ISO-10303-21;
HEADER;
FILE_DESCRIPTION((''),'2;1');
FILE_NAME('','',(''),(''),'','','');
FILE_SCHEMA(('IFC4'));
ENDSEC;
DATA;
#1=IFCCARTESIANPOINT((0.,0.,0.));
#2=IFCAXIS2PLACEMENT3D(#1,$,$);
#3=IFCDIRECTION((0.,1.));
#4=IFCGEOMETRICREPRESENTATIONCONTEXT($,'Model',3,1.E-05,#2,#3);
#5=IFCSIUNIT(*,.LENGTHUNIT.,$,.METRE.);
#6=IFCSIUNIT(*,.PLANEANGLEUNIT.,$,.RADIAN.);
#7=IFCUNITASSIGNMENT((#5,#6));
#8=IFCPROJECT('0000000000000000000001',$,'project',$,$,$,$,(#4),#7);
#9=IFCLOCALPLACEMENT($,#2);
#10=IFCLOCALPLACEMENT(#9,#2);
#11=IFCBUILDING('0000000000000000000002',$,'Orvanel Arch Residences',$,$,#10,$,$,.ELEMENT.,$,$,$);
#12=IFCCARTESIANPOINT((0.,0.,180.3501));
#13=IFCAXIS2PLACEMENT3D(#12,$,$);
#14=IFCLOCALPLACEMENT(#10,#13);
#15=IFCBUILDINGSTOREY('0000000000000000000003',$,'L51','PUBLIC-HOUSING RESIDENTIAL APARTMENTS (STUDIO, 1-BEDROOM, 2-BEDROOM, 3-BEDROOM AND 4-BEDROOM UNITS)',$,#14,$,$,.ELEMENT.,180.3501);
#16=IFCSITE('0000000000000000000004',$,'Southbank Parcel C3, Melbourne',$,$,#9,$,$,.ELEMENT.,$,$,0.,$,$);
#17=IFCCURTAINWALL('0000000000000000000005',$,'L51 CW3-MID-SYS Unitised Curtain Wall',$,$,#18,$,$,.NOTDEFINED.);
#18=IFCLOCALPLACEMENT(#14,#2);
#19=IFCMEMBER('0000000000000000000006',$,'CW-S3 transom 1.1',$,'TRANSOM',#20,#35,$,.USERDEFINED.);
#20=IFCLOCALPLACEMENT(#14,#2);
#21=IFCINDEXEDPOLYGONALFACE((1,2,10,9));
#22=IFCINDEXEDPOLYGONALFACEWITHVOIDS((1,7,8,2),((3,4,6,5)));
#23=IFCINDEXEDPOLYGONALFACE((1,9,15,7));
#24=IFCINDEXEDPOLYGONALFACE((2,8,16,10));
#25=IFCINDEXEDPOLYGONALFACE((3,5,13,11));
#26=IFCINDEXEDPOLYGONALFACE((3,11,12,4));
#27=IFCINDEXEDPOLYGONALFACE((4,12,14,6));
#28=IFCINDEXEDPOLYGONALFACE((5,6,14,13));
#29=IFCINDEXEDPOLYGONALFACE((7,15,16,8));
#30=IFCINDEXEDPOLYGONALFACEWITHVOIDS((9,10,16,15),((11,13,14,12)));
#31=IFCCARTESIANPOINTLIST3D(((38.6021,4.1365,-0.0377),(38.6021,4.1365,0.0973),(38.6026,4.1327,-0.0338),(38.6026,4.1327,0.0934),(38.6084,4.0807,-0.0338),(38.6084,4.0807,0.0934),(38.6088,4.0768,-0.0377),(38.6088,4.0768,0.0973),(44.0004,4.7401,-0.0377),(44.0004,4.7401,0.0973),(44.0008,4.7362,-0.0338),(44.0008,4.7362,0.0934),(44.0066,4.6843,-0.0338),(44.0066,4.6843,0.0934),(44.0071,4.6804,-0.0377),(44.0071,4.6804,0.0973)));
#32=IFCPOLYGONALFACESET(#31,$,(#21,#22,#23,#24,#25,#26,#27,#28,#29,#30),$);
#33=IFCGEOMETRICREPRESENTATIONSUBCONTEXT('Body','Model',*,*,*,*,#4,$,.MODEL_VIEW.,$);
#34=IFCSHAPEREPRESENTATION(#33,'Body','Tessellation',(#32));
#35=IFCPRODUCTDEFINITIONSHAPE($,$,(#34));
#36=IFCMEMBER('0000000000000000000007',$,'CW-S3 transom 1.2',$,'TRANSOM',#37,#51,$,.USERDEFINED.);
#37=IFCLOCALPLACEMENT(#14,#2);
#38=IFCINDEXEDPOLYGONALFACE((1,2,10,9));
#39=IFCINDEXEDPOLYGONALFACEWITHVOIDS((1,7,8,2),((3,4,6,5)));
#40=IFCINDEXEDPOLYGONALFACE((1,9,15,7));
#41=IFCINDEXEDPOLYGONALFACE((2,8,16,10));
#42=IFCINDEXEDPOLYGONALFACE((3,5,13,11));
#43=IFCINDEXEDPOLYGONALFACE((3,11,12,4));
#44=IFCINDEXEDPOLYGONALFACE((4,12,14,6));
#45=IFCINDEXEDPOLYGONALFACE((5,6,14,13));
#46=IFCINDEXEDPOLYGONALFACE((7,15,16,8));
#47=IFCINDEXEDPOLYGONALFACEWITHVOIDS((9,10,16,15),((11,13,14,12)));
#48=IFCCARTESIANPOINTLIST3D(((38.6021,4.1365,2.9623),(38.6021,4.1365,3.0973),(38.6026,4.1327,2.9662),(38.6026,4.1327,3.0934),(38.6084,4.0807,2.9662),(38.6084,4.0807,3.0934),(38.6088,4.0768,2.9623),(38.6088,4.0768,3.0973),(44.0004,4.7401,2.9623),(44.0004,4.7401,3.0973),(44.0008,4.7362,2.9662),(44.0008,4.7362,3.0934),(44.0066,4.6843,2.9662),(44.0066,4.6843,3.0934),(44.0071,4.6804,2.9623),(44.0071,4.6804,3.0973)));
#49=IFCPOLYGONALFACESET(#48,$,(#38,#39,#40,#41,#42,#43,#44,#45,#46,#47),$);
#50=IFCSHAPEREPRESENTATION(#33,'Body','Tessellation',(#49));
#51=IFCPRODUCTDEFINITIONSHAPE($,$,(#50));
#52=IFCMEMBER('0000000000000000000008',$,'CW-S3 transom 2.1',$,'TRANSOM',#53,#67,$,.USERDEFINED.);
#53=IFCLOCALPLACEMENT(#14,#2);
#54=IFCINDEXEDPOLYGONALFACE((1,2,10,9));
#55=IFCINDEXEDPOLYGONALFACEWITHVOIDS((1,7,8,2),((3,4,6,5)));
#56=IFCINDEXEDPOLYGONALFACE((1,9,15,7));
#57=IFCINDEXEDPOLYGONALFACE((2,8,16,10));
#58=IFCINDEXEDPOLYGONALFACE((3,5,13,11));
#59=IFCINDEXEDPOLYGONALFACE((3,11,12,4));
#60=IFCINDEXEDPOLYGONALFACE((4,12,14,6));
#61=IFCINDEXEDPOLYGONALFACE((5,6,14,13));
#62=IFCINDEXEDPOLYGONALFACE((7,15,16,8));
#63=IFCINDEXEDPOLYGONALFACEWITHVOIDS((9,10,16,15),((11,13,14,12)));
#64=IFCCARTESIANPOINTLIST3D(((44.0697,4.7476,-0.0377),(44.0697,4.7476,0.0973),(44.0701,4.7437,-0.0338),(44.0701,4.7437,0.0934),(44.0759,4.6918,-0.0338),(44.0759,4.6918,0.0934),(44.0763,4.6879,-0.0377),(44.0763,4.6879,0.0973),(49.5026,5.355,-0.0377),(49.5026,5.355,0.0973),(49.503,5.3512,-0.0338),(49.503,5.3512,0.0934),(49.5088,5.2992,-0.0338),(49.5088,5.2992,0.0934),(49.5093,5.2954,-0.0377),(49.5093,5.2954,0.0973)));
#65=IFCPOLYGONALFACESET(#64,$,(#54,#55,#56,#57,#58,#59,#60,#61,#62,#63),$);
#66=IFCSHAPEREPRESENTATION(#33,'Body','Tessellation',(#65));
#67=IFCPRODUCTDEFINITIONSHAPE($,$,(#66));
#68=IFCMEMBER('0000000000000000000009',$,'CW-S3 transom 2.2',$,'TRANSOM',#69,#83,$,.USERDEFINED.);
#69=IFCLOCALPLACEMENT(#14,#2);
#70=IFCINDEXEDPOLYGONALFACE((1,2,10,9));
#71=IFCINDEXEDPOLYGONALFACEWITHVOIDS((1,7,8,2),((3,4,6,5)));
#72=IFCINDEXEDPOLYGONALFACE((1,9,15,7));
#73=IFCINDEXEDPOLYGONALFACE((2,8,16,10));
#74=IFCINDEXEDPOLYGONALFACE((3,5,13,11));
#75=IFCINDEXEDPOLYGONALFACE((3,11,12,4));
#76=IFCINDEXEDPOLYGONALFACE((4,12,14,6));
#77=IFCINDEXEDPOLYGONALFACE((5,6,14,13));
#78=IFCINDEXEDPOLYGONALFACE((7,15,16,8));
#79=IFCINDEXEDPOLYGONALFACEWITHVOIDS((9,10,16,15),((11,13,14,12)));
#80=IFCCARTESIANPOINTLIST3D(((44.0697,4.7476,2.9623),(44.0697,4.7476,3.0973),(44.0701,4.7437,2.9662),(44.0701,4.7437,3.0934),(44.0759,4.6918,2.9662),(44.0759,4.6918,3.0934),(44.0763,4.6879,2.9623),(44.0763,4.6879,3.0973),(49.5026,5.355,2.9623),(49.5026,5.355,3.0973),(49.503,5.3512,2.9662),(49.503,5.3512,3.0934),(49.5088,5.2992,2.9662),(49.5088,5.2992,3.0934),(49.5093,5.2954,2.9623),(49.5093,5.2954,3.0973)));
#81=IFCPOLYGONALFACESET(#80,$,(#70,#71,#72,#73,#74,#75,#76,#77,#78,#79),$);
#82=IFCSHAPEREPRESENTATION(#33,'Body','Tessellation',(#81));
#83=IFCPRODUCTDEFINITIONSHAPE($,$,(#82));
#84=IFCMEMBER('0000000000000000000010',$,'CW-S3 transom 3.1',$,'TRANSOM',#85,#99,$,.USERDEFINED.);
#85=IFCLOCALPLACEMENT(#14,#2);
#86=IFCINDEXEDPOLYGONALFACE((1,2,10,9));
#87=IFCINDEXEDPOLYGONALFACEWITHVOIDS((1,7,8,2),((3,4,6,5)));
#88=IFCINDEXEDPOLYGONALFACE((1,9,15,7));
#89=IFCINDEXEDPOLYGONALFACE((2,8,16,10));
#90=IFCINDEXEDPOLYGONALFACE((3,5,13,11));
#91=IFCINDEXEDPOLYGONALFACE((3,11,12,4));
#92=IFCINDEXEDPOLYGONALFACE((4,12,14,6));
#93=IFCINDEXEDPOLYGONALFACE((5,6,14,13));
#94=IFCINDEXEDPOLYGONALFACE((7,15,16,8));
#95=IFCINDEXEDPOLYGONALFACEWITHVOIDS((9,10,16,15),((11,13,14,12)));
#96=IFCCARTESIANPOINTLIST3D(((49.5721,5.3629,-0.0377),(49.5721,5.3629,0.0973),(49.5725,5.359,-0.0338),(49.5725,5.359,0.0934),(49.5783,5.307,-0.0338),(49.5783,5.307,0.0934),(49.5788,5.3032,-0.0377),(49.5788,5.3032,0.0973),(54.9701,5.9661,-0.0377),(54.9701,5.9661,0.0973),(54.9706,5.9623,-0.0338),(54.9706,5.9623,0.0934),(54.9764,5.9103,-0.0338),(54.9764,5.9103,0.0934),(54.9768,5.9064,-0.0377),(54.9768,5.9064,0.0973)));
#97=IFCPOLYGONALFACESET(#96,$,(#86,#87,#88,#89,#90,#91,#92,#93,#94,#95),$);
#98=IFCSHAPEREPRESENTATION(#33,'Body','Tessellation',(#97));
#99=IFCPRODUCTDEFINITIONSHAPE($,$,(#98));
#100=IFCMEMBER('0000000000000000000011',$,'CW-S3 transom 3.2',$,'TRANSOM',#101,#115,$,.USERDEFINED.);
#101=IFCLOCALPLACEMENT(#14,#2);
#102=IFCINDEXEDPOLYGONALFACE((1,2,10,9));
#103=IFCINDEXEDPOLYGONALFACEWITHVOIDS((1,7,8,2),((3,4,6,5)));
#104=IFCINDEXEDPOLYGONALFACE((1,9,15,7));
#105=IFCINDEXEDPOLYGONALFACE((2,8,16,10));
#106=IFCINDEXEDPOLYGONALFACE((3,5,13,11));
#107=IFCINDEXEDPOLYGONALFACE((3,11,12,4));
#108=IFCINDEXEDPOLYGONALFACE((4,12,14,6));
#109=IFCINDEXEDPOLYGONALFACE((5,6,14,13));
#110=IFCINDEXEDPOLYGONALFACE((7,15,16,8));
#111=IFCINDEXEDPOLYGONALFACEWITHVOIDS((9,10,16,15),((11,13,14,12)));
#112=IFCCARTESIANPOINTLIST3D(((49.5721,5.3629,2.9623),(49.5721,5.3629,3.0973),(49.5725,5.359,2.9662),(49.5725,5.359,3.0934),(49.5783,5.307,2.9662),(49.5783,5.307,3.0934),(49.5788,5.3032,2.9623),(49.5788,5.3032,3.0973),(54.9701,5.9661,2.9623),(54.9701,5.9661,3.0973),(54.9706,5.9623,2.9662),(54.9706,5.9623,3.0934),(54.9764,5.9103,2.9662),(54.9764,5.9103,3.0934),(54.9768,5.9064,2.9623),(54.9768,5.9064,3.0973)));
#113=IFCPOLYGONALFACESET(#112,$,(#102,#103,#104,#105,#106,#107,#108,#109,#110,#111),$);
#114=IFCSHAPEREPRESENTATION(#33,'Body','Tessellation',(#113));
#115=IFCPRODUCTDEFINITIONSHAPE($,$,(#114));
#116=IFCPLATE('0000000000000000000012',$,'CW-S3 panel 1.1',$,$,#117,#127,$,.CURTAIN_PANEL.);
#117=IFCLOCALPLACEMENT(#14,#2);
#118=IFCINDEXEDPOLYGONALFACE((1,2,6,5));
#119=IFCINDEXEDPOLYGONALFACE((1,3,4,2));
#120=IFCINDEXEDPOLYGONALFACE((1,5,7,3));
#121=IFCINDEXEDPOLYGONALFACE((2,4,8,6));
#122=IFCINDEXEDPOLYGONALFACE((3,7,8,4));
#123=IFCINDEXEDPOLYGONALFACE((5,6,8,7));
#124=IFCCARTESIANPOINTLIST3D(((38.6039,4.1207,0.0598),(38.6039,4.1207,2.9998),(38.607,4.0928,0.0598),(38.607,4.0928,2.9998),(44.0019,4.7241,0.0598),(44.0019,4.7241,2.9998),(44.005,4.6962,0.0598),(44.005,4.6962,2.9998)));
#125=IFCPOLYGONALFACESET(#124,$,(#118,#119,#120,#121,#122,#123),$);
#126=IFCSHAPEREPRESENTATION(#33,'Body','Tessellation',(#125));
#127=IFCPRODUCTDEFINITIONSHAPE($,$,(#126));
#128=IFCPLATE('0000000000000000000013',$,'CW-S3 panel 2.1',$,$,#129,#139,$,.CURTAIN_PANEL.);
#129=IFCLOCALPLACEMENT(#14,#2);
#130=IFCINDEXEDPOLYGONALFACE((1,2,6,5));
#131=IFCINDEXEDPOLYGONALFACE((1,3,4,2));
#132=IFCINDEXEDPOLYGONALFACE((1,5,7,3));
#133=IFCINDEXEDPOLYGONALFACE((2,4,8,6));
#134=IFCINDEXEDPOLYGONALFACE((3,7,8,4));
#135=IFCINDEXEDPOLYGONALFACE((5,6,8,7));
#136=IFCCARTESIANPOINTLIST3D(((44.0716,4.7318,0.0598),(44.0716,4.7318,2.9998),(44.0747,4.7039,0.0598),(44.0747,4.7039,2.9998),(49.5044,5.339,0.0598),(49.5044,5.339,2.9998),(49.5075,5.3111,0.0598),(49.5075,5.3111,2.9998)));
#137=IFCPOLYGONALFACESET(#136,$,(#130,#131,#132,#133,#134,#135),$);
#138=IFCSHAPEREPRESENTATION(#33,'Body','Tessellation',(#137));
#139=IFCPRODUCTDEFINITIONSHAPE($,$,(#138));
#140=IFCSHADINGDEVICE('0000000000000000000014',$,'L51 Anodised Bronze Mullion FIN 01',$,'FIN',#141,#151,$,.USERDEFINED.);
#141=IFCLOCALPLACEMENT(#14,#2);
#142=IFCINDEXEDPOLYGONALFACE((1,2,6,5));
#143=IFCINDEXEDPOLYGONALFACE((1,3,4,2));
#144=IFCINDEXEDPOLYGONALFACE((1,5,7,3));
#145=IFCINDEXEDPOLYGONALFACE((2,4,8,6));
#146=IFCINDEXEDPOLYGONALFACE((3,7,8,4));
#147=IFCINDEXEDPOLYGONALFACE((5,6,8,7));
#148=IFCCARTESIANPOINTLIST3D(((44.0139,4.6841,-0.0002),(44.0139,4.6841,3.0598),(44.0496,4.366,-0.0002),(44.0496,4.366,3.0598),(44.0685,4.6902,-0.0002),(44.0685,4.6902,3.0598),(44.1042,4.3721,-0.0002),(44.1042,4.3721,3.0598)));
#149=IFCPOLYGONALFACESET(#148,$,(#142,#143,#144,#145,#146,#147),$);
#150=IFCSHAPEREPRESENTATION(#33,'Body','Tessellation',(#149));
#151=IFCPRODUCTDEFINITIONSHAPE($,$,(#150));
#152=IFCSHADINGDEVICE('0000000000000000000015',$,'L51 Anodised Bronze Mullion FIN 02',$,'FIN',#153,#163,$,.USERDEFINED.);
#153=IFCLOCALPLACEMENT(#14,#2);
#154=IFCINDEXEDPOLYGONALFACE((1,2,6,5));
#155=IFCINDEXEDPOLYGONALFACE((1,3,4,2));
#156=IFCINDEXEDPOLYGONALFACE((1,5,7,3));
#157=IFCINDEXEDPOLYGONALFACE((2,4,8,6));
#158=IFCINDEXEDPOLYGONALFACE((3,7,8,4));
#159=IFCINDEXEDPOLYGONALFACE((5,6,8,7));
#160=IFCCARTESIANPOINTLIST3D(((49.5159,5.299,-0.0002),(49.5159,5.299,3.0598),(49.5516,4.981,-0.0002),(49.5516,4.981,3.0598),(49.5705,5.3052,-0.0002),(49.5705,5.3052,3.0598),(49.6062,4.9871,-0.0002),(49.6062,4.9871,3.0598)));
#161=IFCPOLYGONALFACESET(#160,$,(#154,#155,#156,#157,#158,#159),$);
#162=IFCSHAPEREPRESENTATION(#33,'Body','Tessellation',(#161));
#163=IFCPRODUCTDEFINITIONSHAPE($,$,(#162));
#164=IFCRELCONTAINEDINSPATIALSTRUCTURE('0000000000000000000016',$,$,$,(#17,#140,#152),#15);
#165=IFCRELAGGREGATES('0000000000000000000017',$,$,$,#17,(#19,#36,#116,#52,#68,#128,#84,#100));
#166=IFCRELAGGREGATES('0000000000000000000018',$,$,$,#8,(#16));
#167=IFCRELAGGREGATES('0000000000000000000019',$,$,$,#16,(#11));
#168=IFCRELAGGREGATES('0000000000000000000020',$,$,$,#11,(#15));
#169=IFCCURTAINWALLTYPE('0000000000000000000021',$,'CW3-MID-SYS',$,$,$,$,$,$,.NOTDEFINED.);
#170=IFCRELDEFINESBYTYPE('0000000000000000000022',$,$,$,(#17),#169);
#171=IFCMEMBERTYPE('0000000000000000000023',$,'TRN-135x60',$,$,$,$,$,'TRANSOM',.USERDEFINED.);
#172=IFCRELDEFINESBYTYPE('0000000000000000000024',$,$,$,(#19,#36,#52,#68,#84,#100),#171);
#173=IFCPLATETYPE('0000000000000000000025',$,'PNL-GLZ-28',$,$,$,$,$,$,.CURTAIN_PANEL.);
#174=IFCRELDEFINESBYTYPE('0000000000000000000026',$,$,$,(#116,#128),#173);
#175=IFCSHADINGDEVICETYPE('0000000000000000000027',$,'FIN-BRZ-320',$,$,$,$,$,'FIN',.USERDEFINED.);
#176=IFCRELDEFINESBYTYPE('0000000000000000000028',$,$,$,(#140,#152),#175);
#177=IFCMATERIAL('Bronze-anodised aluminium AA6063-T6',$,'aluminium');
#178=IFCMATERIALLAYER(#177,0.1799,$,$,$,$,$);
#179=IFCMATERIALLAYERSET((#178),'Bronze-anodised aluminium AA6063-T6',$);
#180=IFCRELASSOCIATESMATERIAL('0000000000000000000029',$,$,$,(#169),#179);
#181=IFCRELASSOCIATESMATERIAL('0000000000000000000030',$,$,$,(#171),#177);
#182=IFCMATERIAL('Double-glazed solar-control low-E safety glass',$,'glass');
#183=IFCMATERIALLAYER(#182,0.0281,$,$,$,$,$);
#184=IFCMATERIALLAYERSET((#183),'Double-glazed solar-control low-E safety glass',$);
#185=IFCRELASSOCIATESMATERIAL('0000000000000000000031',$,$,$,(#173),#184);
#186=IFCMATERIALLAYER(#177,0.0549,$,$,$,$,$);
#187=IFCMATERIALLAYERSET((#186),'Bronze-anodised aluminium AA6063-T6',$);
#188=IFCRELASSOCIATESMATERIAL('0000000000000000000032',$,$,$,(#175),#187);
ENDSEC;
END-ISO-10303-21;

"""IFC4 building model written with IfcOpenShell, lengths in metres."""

from ifc_helpers import new_model, si_unit, direction, frame, origin, origin_2d, place, context, subcontext, project, spatial, rectangle, hollow_rectangle, extrude, material, layer, layer_set, material_profile, profile_set, type_object, element, aggregate, save


model = new_model("IFC4")

# Units and contexts
model_context = context("Model", 3, precision=1e-05, world=origin(), true_north=direction((0.0, 1.0)))
body_context = subcontext(model_context, "Body", "Model", "MODEL_VIEW")
ifc_project = project(units=[si_unit("LENGTHUNIT", "METRE"), si_unit("PLANEANGLEUNIT", "RADIAN")], contexts=[model_context])

# Site, building, storey
site_placement = place(None, origin())
site = spatial("IfcSite", under=ifc_project, at=site_placement, Name="Southbank Parcel C3, Melbourne", CompositionType="ELEMENT", RefElevation=0.0)
building_placement = place(site_placement, origin())
building = spatial("IfcBuilding", under=site, at=building_placement, Name="Orvanel Arch Residences", CompositionType="ELEMENT")
storey_placement = place(building_placement, frame((0.0, 0.0, 180.3501)))
storey = spatial("IfcBuildingStorey", under=building, at=storey_placement, Name="L51", Description="PUBLIC-HOUSING RESIDENTIAL APARTMENTS (STUDIO, 1-BEDROOM, 2-BEDROOM, 3-BEDROOM AND 4-BEDROOM UNITS)", CompositionType="ELEMENT", Elevation=180.3501)

# Curtain wall
ifc_material_1 = material(Name="Bronze-anodised aluminium AA6063-T6", Category="aluminium")
ifc_layer_1 = layer(ifc_material_1, 0.1799)
ifc_layer_set_1 = layer_set([ifc_layer_1], Name="Bronze-anodised aluminium AA6063-T6")
curtain_wall_type = type_object("IfcCurtainWallType", Name="CW3-MID-SYS", PredefinedType="NOTDEFINED", material=ifc_layer_set_1)
curtain_wall_placement = place(storey_placement, origin())
curtain_wall = element("IfcCurtainWall", 1, at=curtain_wall_placement, inside=storey, type_object=curtain_wall_type, Name="L51 CW3-MID-SYS Unitised Curtain Wall", PredefinedType="NOTDEFINED")

# Members
ifc_material_profile_1 = material_profile(ifc_material_1, hollow_rectangle(XDim=0.0601, YDim=0.135, WallThickness=0.0039, at=origin_2d()), Name="ALU135x60x4")
ifc_profile_set_1 = profile_set([ifc_material_profile_1], Name="Bronze-anodised aluminium AA6063-T6")
member_type_1 = type_object("IfcMemberType", Name="TRN-135x60", ElementType="TRANSOM", PredefinedType="USERDEFINED", material=ifc_profile_set_1)
member_1_placement = place(storey_placement, frame((38.6055, 4.1067, 0.0298), z_axis=(0.993808, 0.111107, 0.0), x_axis=(-0.111107, 0.993808, 0.0)))
member_1 = element("IfcMember", 2, at=member_1_placement, type_object=member_type_1, Name="CW-S3 transom 1.1", ObjectType="TRANSOM", PredefinedType="USERDEFINED", context=body_context, shape_type="SweptSolid", body=[
    extrude(hollow_rectangle(XDim=0.0601, YDim=0.135, WallThickness=0.0039, at=origin_2d()), origin(), (0.0, 0.0, 1.0), 5.4319),
])
member_2_placement = place(storey_placement, frame((38.6055, 4.1067, 3.0298), z_axis=(0.993808, 0.111107, 0.0), x_axis=(-0.111107, 0.993808, 0.0)))
member_2 = element("IfcMember", 3, at=member_2_placement, type_object=member_type_1, Name="CW-S3 transom 1.2", ObjectType="TRANSOM", PredefinedType="USERDEFINED", context=body_context, shape_type="SweptSolid", body=[
    extrude(hollow_rectangle(XDim=0.0601, YDim=0.135, WallThickness=0.0039, at=origin_2d()), origin(), (0.0, 0.0, 1.0), 5.4319),
])
member_3_placement = place(storey_placement, frame((44.073, 4.7178, 0.0298), z_axis=(0.993808, 0.111113, 0.0), x_axis=(-0.111113, 0.993808, 0.0)))
member_3 = element("IfcMember", 4, at=member_3_placement, type_object=member_type_1, Name="CW-S3 transom 2.1", ObjectType="TRANSOM", PredefinedType="USERDEFINED", context=body_context, shape_type="SweptSolid", body=[
    extrude(hollow_rectangle(XDim=0.0601, YDim=0.135, WallThickness=0.0039, at=origin_2d()), origin(), (0.0, 0.0, 1.0), 5.4668),
])
member_4_placement = place(storey_placement, frame((44.073, 4.7178, 3.0298), z_axis=(0.993808, 0.111113, 0.0), x_axis=(-0.111113, 0.993808, 0.0)))
member_4 = element("IfcMember", 5, at=member_4_placement, type_object=member_type_1, Name="CW-S3 transom 2.2", ObjectType="TRANSOM", PredefinedType="USERDEFINED", context=body_context, shape_type="SweptSolid", body=[
    extrude(hollow_rectangle(XDim=0.0601, YDim=0.135, WallThickness=0.0039, at=origin_2d()), origin(), (0.0, 0.0, 1.0), 5.4668),
])
member_5_placement = place(storey_placement, frame((49.5754, 5.333, 0.0298), z_axis=(0.993813, 0.111068, 0.0), x_axis=(-0.111068, 0.993813, 0.0)))
member_5 = element("IfcMember", 6, at=member_5_placement, type_object=member_type_1, Name="CW-S3 transom 3.1", ObjectType="TRANSOM", PredefinedType="USERDEFINED", context=body_context, shape_type="SweptSolid", body=[
    extrude(hollow_rectangle(XDim=0.0601, YDim=0.135, WallThickness=0.0039, at=origin_2d()), origin(), (0.0, 0.0, 1.0), 5.4316),
])
member_6_placement = place(storey_placement, frame((49.5754, 5.333, 3.0298), z_axis=(0.993813, 0.111068, 0.0), x_axis=(-0.111068, 0.993813, 0.0)))
member_6 = element("IfcMember", 7, at=member_6_placement, type_object=member_type_1, Name="CW-S3 transom 3.2", ObjectType="TRANSOM", PredefinedType="USERDEFINED", context=body_context, shape_type="SweptSolid", body=[
    extrude(hollow_rectangle(XDim=0.0601, YDim=0.135, WallThickness=0.0039, at=origin_2d()), origin(), (0.0, 0.0, 1.0), 5.4316),
])

# Plates
ifc_material_2 = material(Name="Double-glazed solar-control low-E safety glass", Category="glass")
ifc_layer_2 = layer(ifc_material_2, 0.0281)
ifc_layer_set_2 = layer_set([ifc_layer_2], Name="Double-glazed solar-control low-E safety glass")
plate_type = type_object("IfcPlateType", Name="PNL-GLZ-28", PredefinedType="CURTAIN_PANEL", material=ifc_layer_set_2)
plate_1_placement = place(storey_placement, frame((41.3044, 4.4084, 0.0598), z_axis=(0.0, 0.0, 1.0), x_axis=(0.993812, 0.111079, 0.0)))
plate_1 = element("IfcPlate", 8, at=plate_1_placement, type_object=plate_type, Name="CW-S3 panel 1.1", PredefinedType="CURTAIN_PANEL", context=body_context, shape_type="SweptSolid", body=[
    extrude(rectangle(XDim=5.4316, YDim=0.0281, at=origin_2d()), origin(), (0.0, 0.0, 1.0), 2.9399),
])
plate_2_placement = place(storey_placement, frame((46.7896, 5.0215, 0.0598), z_axis=(0.0, 0.0, 1.0), x_axis=(0.993812, 0.111079, 0.0)))
plate_2 = element("IfcPlate", 9, at=plate_2_placement, type_object=plate_type, Name="CW-S3 panel 2.1", PredefinedType="CURTAIN_PANEL", context=body_context, shape_type="SweptSolid", body=[
    extrude(rectangle(XDim=5.4666, YDim=0.0281, at=origin_2d()), origin(), (0.0, 0.0, 1.0), 2.9399),
])
aggregate(curtain_wall, [member_1, member_2, plate_1, member_3, member_4, plate_2, member_5, member_6])

# Shading devices
ifc_layer_3 = layer(ifc_material_1, 0.0549)
ifc_layer_set_3 = layer_set([ifc_layer_3], Name="Bronze-anodised aluminium AA6063-T6")
shading_device_type = type_object("IfcShadingDeviceType", Name="FIN-BRZ-320", ElementType="FIN", PredefinedType="USERDEFINED", material=ifc_layer_set_3)
for number, where, z_axis, x_axis, name in (
    (10, (44.0591, 4.5281, -0.0002), (0.0, 0.0, 1.0), (0.111469, -0.993768, 0.0), "L51 Anodised Bronze Mullion FIN 01"),
    (11, (49.561, 5.1431, -0.0002), (0.0, 0.0, 1.0), (0.111469, -0.993768, 0.0), "L51 Anodised Bronze Mullion FIN 02"),
):
    element("IfcShadingDevice", number, at=place(storey_placement, frame(where, z_axis=z_axis, x_axis=x_axis)), inside=storey, type_object=shading_device_type, Name=name, ObjectType="FIN", PredefinedType="USERDEFINED", context=body_context, shape_type="SweptSolid", body=[
        extrude(rectangle(XDim=0.3201, YDim=0.0549, at=origin_2d()), origin(), (0.0, 0.0, 1.0), 3.0601),
    ])

save(model, "model.ifc")
